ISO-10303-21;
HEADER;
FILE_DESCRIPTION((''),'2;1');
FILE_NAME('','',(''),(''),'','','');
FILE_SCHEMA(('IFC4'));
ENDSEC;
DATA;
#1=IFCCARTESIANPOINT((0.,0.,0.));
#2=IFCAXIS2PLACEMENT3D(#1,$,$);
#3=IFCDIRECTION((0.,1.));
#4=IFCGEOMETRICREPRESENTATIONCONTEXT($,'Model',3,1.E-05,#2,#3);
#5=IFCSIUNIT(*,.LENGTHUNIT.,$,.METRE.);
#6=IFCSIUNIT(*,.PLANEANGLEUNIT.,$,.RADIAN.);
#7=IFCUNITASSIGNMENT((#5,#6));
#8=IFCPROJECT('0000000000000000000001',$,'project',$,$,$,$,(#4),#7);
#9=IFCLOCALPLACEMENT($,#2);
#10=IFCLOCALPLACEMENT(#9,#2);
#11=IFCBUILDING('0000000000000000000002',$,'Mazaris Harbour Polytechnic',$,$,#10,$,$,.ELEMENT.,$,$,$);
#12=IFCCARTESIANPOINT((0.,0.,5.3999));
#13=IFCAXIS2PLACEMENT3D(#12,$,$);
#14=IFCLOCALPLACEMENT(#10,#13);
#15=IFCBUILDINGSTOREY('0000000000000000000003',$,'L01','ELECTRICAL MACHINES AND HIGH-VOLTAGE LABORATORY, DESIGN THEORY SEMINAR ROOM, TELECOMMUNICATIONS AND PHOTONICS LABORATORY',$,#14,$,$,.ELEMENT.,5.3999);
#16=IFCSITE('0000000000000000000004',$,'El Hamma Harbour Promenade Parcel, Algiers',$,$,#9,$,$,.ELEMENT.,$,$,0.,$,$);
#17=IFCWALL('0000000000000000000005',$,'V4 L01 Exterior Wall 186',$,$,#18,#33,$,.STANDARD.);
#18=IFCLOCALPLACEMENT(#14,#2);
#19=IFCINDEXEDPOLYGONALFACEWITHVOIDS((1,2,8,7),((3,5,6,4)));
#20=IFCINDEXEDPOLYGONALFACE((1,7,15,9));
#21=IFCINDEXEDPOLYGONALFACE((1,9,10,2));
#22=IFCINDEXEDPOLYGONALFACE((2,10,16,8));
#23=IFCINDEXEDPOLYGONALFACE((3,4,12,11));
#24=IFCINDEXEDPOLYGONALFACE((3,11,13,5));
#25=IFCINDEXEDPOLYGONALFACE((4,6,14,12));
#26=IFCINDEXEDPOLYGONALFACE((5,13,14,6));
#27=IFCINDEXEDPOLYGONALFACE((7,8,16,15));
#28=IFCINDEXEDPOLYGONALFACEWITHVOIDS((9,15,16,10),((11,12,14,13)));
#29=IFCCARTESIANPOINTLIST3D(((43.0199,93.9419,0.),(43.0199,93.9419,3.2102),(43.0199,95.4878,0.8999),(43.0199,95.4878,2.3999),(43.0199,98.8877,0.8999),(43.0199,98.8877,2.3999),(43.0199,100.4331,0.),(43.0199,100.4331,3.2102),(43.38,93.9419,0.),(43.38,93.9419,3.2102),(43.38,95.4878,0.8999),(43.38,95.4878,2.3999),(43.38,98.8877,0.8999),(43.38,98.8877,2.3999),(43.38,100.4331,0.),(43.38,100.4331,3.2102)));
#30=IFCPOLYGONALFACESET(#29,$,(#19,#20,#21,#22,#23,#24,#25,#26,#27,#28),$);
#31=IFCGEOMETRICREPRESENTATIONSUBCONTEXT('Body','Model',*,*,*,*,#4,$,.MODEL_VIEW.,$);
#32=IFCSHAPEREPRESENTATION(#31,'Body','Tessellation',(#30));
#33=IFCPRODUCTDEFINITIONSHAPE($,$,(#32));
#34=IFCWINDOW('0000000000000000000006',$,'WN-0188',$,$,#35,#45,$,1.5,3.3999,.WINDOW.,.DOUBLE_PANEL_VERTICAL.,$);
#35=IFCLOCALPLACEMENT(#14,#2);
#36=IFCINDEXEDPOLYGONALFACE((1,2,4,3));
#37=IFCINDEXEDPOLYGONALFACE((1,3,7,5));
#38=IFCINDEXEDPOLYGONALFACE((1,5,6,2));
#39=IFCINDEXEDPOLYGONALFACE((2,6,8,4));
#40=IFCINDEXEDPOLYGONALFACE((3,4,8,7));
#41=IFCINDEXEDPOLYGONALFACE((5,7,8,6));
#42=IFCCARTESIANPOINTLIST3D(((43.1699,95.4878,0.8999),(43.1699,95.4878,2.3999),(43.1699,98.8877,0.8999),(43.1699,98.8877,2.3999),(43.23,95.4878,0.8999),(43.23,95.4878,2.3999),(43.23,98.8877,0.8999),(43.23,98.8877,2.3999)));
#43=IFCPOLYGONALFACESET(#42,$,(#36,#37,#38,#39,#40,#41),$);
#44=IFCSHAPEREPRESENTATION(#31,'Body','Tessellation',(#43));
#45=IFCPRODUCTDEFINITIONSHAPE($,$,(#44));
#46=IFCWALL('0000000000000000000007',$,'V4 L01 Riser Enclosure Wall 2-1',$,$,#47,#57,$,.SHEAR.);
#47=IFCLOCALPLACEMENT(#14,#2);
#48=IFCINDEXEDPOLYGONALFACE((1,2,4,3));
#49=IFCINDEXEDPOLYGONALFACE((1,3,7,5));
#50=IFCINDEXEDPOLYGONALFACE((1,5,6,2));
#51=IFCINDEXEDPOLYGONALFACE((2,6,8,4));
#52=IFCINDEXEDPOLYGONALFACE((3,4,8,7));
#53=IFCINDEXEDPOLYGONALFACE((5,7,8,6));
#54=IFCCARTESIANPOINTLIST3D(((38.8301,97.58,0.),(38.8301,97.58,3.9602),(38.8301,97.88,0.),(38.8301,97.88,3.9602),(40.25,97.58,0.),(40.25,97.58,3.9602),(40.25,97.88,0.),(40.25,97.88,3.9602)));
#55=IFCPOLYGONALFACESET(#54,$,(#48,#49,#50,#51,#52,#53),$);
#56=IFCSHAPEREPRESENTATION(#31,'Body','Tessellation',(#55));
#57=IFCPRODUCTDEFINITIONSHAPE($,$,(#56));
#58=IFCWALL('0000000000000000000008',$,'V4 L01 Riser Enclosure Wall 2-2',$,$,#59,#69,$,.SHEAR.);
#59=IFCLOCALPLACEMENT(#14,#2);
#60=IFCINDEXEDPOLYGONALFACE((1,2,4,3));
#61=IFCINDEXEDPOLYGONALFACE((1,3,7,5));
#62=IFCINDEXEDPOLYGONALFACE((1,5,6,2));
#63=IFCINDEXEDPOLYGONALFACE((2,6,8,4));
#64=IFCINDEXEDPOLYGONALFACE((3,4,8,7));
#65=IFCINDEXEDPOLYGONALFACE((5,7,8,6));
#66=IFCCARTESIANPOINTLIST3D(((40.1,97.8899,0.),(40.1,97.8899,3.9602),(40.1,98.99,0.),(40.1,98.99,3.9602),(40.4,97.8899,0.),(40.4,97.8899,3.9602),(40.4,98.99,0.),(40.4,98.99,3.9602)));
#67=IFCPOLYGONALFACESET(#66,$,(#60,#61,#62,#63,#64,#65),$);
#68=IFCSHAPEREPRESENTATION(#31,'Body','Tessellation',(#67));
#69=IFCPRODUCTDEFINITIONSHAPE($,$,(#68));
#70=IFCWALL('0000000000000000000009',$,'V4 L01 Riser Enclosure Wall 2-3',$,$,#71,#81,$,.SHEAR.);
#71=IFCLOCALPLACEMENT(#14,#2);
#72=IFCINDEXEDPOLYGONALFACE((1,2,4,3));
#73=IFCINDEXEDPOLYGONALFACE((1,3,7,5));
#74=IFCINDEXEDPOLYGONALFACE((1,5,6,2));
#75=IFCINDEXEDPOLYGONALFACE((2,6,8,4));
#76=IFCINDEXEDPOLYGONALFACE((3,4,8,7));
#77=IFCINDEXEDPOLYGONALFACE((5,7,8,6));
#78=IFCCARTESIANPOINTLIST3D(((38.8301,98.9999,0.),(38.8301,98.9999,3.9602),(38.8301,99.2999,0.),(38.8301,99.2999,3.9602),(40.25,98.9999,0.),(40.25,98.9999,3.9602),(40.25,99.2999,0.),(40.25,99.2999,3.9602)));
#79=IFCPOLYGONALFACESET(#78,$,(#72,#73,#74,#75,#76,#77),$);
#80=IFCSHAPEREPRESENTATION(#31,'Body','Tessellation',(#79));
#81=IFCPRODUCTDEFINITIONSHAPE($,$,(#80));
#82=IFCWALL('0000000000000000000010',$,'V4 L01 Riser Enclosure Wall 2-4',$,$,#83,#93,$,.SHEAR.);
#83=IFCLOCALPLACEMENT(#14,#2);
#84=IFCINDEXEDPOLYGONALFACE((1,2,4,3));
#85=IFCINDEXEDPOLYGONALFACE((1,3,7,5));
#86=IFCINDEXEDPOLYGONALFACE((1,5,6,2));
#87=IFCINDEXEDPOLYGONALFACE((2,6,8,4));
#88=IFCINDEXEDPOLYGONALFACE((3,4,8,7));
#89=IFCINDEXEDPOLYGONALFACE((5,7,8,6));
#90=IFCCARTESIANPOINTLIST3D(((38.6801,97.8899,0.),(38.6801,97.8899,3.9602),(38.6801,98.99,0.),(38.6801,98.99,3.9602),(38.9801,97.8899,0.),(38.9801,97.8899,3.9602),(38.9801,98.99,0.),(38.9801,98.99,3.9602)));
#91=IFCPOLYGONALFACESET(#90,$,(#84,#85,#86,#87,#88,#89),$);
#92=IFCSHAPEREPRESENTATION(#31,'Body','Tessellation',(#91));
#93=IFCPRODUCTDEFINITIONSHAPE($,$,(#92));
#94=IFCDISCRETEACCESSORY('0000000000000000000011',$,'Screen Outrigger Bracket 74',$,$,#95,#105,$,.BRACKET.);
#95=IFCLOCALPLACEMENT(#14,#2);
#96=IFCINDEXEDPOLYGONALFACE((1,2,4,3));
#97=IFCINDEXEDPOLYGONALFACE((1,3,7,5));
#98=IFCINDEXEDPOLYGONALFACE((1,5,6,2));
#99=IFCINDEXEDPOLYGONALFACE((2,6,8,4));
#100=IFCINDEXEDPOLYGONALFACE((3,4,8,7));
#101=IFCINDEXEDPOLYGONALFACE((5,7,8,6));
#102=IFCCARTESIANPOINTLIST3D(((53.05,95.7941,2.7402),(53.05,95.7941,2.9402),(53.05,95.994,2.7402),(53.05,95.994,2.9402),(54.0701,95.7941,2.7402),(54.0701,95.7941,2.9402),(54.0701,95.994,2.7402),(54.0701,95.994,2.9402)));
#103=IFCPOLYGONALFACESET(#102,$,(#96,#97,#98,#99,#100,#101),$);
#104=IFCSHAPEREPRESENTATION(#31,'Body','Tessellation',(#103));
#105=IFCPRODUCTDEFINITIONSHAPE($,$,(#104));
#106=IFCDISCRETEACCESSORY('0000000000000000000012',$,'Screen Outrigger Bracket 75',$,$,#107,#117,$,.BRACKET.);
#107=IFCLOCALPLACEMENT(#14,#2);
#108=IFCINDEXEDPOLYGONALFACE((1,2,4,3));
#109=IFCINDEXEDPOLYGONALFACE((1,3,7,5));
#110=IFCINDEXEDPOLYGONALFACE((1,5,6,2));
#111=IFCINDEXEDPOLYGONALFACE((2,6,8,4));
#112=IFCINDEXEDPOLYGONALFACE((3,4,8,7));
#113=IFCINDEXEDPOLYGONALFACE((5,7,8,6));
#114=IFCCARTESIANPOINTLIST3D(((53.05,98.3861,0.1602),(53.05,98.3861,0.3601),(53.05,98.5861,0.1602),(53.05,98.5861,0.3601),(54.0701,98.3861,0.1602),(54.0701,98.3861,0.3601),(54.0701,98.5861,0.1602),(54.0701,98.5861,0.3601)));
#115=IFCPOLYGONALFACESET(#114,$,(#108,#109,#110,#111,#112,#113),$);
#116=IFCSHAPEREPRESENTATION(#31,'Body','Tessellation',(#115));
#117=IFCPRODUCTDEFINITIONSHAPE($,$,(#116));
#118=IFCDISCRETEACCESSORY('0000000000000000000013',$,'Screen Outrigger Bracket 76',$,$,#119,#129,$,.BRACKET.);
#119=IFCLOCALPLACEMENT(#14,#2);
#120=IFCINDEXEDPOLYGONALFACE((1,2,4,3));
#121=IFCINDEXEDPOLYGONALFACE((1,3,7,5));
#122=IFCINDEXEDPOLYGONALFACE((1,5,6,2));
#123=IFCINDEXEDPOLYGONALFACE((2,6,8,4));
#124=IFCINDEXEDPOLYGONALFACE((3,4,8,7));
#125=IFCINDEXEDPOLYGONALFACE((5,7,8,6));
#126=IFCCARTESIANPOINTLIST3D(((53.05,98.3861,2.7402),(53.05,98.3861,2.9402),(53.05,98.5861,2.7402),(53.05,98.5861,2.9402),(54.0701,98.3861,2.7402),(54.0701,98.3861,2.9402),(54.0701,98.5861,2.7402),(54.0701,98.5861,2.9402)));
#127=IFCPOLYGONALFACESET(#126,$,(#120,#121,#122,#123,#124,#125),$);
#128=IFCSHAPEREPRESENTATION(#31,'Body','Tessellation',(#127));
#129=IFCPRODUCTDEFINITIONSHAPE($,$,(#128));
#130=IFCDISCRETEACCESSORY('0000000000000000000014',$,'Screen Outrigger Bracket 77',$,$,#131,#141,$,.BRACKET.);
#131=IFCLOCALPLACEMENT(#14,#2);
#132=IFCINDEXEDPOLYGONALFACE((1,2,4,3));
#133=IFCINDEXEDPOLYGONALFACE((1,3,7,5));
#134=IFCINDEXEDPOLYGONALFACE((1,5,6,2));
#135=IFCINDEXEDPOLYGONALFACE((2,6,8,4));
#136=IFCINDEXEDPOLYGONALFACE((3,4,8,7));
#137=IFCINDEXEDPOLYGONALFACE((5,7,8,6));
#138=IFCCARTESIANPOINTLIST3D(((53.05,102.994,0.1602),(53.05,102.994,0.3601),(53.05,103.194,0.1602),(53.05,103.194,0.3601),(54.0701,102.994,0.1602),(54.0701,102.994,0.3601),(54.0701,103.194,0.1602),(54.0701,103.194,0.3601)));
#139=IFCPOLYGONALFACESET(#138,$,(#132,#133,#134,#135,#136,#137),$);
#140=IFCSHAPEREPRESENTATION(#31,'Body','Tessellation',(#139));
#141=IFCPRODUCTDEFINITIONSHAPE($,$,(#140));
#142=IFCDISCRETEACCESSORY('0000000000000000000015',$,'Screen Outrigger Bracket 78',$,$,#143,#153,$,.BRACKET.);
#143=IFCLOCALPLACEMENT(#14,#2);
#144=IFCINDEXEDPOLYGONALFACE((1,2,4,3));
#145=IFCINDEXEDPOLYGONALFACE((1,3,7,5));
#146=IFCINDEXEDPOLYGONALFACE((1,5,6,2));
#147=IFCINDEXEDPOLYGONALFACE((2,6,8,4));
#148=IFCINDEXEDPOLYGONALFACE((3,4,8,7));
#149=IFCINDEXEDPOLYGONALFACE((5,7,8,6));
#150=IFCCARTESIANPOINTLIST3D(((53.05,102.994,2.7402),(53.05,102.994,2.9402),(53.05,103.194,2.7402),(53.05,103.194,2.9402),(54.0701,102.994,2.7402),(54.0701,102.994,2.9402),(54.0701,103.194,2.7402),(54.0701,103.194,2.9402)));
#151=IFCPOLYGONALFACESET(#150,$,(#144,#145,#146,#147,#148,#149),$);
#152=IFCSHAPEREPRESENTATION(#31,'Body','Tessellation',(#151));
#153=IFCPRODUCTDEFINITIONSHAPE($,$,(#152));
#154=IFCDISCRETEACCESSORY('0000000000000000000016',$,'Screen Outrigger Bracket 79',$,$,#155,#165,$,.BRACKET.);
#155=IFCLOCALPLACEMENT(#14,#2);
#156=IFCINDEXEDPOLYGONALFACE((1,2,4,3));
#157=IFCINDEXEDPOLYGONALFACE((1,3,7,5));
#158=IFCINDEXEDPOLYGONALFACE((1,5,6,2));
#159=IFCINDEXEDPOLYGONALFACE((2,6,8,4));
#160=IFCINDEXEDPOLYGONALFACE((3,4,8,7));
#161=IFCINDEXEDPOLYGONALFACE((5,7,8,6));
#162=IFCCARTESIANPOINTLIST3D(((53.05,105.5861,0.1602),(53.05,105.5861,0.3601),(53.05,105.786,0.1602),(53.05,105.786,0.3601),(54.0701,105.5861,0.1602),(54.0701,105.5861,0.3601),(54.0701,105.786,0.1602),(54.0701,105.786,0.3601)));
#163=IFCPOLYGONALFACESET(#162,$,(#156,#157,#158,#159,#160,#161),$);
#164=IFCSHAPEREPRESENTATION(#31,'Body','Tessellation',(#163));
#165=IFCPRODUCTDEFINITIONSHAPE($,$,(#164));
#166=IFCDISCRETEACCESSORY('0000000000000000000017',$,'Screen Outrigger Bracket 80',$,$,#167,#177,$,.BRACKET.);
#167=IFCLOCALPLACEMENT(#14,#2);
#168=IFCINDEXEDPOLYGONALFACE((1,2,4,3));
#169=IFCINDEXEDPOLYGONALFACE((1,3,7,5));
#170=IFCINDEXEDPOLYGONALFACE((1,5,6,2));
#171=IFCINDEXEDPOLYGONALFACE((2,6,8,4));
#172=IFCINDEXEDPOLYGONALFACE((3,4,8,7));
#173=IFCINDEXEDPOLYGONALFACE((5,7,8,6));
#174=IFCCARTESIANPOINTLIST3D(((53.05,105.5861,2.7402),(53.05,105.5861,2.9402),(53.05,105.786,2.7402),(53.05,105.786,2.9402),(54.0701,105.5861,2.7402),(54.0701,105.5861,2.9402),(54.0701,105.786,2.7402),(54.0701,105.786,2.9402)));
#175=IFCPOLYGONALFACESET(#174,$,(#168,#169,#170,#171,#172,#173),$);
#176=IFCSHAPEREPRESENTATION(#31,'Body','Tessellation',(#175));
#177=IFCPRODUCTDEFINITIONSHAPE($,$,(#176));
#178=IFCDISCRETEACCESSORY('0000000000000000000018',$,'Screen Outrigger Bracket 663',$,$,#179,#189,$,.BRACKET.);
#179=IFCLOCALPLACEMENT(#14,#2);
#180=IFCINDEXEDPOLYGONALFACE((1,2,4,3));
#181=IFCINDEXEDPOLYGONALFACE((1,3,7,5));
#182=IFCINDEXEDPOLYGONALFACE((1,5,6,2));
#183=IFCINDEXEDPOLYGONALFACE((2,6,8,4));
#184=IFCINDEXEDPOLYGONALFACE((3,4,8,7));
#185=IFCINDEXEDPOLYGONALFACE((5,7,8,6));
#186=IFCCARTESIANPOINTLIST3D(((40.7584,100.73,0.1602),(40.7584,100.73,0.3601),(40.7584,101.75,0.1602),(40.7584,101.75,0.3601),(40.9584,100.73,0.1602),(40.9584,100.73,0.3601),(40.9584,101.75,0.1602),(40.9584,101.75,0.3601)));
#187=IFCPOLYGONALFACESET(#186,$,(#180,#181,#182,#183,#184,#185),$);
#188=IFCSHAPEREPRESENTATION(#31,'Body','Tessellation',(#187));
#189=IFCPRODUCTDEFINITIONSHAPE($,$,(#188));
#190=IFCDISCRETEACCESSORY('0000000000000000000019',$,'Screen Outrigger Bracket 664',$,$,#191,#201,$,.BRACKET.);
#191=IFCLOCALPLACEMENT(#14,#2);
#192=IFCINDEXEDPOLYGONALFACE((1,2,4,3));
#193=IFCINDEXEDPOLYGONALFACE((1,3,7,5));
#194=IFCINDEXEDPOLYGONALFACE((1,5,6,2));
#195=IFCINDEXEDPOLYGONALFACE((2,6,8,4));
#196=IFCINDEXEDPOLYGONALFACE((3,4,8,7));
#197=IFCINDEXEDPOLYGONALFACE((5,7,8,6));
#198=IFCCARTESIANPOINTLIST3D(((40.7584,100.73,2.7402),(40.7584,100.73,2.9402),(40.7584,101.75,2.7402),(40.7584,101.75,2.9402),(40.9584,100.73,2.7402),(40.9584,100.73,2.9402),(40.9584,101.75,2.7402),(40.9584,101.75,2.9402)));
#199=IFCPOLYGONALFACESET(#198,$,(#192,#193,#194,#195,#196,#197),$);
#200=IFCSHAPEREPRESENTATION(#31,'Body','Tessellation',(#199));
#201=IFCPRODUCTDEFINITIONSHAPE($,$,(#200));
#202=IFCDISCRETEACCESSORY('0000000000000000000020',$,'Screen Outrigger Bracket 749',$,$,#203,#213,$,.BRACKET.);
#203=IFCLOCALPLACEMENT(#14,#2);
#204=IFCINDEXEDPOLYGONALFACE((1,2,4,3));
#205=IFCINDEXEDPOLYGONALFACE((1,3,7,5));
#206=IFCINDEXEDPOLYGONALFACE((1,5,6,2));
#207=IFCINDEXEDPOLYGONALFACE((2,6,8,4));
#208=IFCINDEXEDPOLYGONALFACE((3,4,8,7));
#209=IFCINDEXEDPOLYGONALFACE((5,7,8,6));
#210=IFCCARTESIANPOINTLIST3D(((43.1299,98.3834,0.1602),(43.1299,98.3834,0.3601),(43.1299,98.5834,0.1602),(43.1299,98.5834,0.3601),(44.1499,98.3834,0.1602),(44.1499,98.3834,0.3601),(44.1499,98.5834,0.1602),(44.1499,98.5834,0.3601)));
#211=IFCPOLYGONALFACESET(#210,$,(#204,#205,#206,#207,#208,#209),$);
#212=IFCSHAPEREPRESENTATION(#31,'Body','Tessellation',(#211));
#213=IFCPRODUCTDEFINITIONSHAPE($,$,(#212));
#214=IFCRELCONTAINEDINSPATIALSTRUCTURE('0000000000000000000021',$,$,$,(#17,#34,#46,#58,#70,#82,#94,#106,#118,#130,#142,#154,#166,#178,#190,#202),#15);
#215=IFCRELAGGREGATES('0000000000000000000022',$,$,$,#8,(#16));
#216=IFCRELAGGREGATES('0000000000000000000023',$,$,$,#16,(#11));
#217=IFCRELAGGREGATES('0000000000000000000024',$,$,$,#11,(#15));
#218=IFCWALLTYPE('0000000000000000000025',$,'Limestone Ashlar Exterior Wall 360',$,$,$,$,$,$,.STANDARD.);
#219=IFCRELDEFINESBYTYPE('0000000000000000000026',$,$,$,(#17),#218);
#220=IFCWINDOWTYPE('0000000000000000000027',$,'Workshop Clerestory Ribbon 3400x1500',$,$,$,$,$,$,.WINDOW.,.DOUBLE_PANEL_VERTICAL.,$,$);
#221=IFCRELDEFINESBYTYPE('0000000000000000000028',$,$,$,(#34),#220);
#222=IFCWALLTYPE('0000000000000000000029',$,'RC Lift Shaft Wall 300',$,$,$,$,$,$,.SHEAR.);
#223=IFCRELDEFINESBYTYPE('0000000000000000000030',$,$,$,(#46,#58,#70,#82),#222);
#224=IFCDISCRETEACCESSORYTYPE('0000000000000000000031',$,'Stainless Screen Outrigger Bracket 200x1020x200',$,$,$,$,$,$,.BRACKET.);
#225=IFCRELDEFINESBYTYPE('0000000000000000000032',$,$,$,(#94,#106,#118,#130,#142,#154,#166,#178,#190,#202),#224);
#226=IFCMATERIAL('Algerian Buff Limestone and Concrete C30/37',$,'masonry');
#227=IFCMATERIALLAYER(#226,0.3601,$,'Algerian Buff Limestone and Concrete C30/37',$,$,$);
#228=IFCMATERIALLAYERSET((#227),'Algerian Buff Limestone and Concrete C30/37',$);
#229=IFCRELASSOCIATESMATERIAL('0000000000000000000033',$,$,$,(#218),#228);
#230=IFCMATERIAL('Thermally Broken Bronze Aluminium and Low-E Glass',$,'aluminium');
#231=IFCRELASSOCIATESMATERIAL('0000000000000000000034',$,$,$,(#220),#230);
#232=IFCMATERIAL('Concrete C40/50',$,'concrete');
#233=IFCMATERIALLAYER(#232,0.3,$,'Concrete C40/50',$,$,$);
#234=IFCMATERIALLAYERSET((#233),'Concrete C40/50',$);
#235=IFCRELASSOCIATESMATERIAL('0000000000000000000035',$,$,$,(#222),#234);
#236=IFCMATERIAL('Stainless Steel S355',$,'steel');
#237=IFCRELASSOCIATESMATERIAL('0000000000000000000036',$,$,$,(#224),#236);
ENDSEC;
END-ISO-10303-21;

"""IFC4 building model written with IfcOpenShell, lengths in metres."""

from ifc_helpers import new_model, si_unit, direction, frame, frame_2d, origin, origin_2d, place, context, subcontext, project, spatial, rectangle, extrude, material, layer, layer_set, type_object, element, fill, save


model = new_model("IFC4")

# Units and contexts
model_context = context("Model", 3, precision=1e-05, world=origin(), true_north=direction((0.0, 1.0)))
body_context = subcontext(model_context, "Body", "Model", "MODEL_VIEW")
ifc_project = project(units=[si_unit("LENGTHUNIT", "METRE"), si_unit("PLANEANGLEUNIT", "RADIAN")], contexts=[model_context])

# Site, building, storey
site_placement = place(None, origin())
site = spatial("IfcSite", under=ifc_project, at=site_placement, Name="El Hamma Harbour Promenade Parcel, Algiers", CompositionType="ELEMENT", RefElevation=0.0)
building_placement = place(site_placement, origin())
building = spatial("IfcBuilding", under=site, at=building_placement, Name="Mazaris Harbour Polytechnic", CompositionType="ELEMENT")
storey_placement = place(building_placement, frame((0.0, 0.0, 5.3999)))
storey = spatial("IfcBuildingStorey", under=building, at=storey_placement, Name="L01", Description="ELECTRICAL MACHINES AND HIGH-VOLTAGE LABORATORY, DESIGN THEORY SEMINAR ROOM, TELECOMMUNICATIONS AND PHOTONICS LABORATORY", CompositionType="ELEMENT", Elevation=5.3999)

# Wall, opening, window
ifc_material_1 = material(Name="Algerian Buff Limestone and Concrete C30/37", Category="masonry")
ifc_layer_1 = layer(ifc_material_1, 0.3601, Name="Algerian Buff Limestone and Concrete C30/37")
ifc_layer_set_1 = layer_set([ifc_layer_1], Name="Algerian Buff Limestone and Concrete C30/37")
wall_type_1 = type_object("IfcWallType", Name="Limestone Ashlar Exterior Wall 360", PredefinedType="STANDARD", material=ifc_layer_set_1)
wall_1_placement = place(storey_placement, frame((43.2, 100.4331, 0.0), z_axis=(0.0, 0.0, 1.0), x_axis=(0.0, -1.0, 0.0)))
wall_1 = element("IfcWall", 1, at=wall_1_placement, inside=storey, type_object=wall_type_1, Name="V4 L01 Exterior Wall 186", PredefinedType="STANDARD", context=body_context, shape_type="SweptSolid", body=[
    extrude(rectangle(XDim=6.4912, YDim=0.3601, at=frame_2d((3.2456, 0.0))), origin(), (0.0, 0.0, 1.0), 3.2102),
])
opening_placement = place(wall_1_placement, frame((1.5454, 0.0, 0.8999)))
opening = element("IfcOpeningElement", 2, at=opening_placement, cuts=wall_1, PredefinedType="OPENING", context=body_context, shape_type="SweptSolid", body=[
    extrude(rectangle(XDim=3.3999, YDim=1.5, at=frame_2d((1.7, 0.75))), frame((0.0, 0.1899, 0.0), z_axis=(0.0, -1.0, 0.0), x_axis=(1.0, 0.0, 0.0)), (0.0, 0.0, 1.0), 0.3801),
])
ifc_material_2 = material(Name="Thermally Broken Bronze Aluminium and Low-E Glass", Category="aluminium")
window_type = type_object("IfcWindowType", Name="Workshop Clerestory Ribbon 3400x1500", PartitioningType="DOUBLE_PANEL_VERTICAL", PredefinedType="WINDOW", material=ifc_material_2)
window_placement = place(opening_placement, origin())
window = element("IfcWindow", 3, at=window_placement, inside=storey, type_object=window_type, Name="WN-0188", OverallHeight=1.5, OverallWidth=3.3999, PartitioningType="DOUBLE_PANEL_VERTICAL", PredefinedType="WINDOW", context=body_context, shape_type="SweptSolid", body=[
    extrude(rectangle(XDim=3.3999, YDim=1.5, at=frame_2d((1.7, 0.75))), frame((0.0, 0.03, 0.0), z_axis=(0.0, -1.0, 0.0), x_axis=(1.0, 0.0, 0.0)), (0.0, 0.0, 1.0), 0.0601),
])
fill(opening, window)

# Walls
ifc_material_3 = material(Name="Concrete C40/50", Category="concrete")
ifc_layer_2 = layer(ifc_material_3, 0.3, Name="Concrete C40/50")
ifc_layer_set_2 = layer_set([ifc_layer_2], Name="Concrete C40/50")
wall_type_2 = type_object("IfcWallType", Name="RC Lift Shaft Wall 300", PredefinedType="SHEAR", material=ifc_layer_set_2)
wall_2_placement = place(storey_placement, frame((38.8301, 97.73, 0.0), z_axis=(0.0, 0.0, 1.0), x_axis=(1.0, 0.0, 0.0)))
element("IfcWall", 4, at=wall_2_placement, inside=storey, type_object=wall_type_2, Name="V4 L01 Riser Enclosure Wall 2-1", PredefinedType="SHEAR", context=body_context, shape_type="SweptSolid", body=[
    extrude(rectangle(XDim=1.4199, YDim=0.3, at=frame_2d((0.71, 0.0))), origin(), (0.0, 0.0, 1.0), 3.9602),
])
wall_3_placement = place(storey_placement, frame((40.25, 97.8899, 0.0), z_axis=(0.0, 0.0, 1.0), x_axis=(0.0, 1.0, 0.0)))
element("IfcWall", 5, at=wall_3_placement, inside=storey, type_object=wall_type_2, Name="V4 L01 Riser Enclosure Wall 2-2", PredefinedType="SHEAR", context=body_context, shape_type="SweptSolid", body=[
    extrude(rectangle(XDim=1.1001, YDim=0.3, at=frame_2d((0.55, 0.0))), origin(), (0.0, 0.0, 1.0), 3.9602),
])
wall_4_placement = place(storey_placement, frame((40.25, 99.1499, 0.0), z_axis=(0.0, 0.0, 1.0), x_axis=(-1.0, 0.0, 0.0)))
element("IfcWall", 6, at=wall_4_placement, inside=storey, type_object=wall_type_2, Name="V4 L01 Riser Enclosure Wall 2-3", PredefinedType="SHEAR", context=body_context, shape_type="SweptSolid", body=[
    extrude(rectangle(XDim=1.4199, YDim=0.3, at=frame_2d((0.71, 0.0))), origin(), (0.0, 0.0, 1.0), 3.9602),
])
wall_5_placement = place(storey_placement, frame((38.8301, 98.99, 0.0), z_axis=(0.0, 0.0, 1.0), x_axis=(0.0, -1.0, 0.0)))
element("IfcWall", 7, at=wall_5_placement, inside=storey, type_object=wall_type_2, Name="V4 L01 Riser Enclosure Wall 2-4", PredefinedType="SHEAR", context=body_context, shape_type="SweptSolid", body=[
    extrude(rectangle(XDim=1.1001, YDim=0.3, at=frame_2d((0.55, 0.0))), origin(), (0.0, 0.0, 1.0), 3.9602),
])

# Discrete accessories
ifc_material_4 = material(Name="Stainless Steel S355", Category="steel")
discrete_accessory_type = type_object("IfcDiscreteAccessoryType", Name="Stainless Screen Outrigger Bracket 200x1020x200", PredefinedType="BRACKET", material=ifc_material_4)
for number, where, z_axis, x_axis, name in (
    (8, (53.5601, 95.894, 2.7402), (0.0, 0.0, 1.0), (0.0, 1.0, 0.0), "Screen Outrigger Bracket 74"),
    (9, (53.5601, 98.4861, 0.1602), (0.0, 0.0, 1.0), (0.0, 1.0, 0.0), "Screen Outrigger Bracket 75"),
    (10, (53.5601, 98.4861, 2.7402), (0.0, 0.0, 1.0), (0.0, 1.0, 0.0), "Screen Outrigger Bracket 76"),
    (11, (53.5601, 103.094, 0.1602), (0.0, 0.0, 1.0), (0.0, 1.0, 0.0), "Screen Outrigger Bracket 77"),
    (12, (53.5601, 103.094, 2.7402), (0.0, 0.0, 1.0), (0.0, 1.0, 0.0), "Screen Outrigger Bracket 78"),
    (13, (53.5601, 105.686, 0.1602), (0.0, 0.0, 1.0), (0.0, 1.0, 0.0), "Screen Outrigger Bracket 79"),
    (14, (53.5601, 105.686, 2.7402), (0.0, 0.0, 1.0), (0.0, 1.0, 0.0), "Screen Outrigger Bracket 80"),
    (15, (40.8584, 101.24, 0.1602), (0.0, 0.0, 1.0), (1.0, 0.0, 0.0), "Screen Outrigger Bracket 663"),
    (16, (40.8584, 101.24, 2.7402), (0.0, 0.0, 1.0), (1.0, 0.0, 0.0), "Screen Outrigger Bracket 664"),
    (17, (43.6399, 98.4834, 0.1602), (0.0, 0.0, 1.0), (0.0, -1.0, 0.0), "Screen Outrigger Bracket 749"),
):
    element("IfcDiscreteAccessory", number, at=place(storey_placement, frame(where, z_axis=z_axis, x_axis=x_axis)), inside=storey, type_object=discrete_accessory_type, Name=name, PredefinedType="BRACKET", context=body_context, shape_type="SweptSolid", body=[
        extrude(rectangle(XDim=0.2, YDim=1.02, at=origin_2d()), origin(), (0.0, 0.0, 1.0), 0.2),
    ])

save(model, "model.ifc")
